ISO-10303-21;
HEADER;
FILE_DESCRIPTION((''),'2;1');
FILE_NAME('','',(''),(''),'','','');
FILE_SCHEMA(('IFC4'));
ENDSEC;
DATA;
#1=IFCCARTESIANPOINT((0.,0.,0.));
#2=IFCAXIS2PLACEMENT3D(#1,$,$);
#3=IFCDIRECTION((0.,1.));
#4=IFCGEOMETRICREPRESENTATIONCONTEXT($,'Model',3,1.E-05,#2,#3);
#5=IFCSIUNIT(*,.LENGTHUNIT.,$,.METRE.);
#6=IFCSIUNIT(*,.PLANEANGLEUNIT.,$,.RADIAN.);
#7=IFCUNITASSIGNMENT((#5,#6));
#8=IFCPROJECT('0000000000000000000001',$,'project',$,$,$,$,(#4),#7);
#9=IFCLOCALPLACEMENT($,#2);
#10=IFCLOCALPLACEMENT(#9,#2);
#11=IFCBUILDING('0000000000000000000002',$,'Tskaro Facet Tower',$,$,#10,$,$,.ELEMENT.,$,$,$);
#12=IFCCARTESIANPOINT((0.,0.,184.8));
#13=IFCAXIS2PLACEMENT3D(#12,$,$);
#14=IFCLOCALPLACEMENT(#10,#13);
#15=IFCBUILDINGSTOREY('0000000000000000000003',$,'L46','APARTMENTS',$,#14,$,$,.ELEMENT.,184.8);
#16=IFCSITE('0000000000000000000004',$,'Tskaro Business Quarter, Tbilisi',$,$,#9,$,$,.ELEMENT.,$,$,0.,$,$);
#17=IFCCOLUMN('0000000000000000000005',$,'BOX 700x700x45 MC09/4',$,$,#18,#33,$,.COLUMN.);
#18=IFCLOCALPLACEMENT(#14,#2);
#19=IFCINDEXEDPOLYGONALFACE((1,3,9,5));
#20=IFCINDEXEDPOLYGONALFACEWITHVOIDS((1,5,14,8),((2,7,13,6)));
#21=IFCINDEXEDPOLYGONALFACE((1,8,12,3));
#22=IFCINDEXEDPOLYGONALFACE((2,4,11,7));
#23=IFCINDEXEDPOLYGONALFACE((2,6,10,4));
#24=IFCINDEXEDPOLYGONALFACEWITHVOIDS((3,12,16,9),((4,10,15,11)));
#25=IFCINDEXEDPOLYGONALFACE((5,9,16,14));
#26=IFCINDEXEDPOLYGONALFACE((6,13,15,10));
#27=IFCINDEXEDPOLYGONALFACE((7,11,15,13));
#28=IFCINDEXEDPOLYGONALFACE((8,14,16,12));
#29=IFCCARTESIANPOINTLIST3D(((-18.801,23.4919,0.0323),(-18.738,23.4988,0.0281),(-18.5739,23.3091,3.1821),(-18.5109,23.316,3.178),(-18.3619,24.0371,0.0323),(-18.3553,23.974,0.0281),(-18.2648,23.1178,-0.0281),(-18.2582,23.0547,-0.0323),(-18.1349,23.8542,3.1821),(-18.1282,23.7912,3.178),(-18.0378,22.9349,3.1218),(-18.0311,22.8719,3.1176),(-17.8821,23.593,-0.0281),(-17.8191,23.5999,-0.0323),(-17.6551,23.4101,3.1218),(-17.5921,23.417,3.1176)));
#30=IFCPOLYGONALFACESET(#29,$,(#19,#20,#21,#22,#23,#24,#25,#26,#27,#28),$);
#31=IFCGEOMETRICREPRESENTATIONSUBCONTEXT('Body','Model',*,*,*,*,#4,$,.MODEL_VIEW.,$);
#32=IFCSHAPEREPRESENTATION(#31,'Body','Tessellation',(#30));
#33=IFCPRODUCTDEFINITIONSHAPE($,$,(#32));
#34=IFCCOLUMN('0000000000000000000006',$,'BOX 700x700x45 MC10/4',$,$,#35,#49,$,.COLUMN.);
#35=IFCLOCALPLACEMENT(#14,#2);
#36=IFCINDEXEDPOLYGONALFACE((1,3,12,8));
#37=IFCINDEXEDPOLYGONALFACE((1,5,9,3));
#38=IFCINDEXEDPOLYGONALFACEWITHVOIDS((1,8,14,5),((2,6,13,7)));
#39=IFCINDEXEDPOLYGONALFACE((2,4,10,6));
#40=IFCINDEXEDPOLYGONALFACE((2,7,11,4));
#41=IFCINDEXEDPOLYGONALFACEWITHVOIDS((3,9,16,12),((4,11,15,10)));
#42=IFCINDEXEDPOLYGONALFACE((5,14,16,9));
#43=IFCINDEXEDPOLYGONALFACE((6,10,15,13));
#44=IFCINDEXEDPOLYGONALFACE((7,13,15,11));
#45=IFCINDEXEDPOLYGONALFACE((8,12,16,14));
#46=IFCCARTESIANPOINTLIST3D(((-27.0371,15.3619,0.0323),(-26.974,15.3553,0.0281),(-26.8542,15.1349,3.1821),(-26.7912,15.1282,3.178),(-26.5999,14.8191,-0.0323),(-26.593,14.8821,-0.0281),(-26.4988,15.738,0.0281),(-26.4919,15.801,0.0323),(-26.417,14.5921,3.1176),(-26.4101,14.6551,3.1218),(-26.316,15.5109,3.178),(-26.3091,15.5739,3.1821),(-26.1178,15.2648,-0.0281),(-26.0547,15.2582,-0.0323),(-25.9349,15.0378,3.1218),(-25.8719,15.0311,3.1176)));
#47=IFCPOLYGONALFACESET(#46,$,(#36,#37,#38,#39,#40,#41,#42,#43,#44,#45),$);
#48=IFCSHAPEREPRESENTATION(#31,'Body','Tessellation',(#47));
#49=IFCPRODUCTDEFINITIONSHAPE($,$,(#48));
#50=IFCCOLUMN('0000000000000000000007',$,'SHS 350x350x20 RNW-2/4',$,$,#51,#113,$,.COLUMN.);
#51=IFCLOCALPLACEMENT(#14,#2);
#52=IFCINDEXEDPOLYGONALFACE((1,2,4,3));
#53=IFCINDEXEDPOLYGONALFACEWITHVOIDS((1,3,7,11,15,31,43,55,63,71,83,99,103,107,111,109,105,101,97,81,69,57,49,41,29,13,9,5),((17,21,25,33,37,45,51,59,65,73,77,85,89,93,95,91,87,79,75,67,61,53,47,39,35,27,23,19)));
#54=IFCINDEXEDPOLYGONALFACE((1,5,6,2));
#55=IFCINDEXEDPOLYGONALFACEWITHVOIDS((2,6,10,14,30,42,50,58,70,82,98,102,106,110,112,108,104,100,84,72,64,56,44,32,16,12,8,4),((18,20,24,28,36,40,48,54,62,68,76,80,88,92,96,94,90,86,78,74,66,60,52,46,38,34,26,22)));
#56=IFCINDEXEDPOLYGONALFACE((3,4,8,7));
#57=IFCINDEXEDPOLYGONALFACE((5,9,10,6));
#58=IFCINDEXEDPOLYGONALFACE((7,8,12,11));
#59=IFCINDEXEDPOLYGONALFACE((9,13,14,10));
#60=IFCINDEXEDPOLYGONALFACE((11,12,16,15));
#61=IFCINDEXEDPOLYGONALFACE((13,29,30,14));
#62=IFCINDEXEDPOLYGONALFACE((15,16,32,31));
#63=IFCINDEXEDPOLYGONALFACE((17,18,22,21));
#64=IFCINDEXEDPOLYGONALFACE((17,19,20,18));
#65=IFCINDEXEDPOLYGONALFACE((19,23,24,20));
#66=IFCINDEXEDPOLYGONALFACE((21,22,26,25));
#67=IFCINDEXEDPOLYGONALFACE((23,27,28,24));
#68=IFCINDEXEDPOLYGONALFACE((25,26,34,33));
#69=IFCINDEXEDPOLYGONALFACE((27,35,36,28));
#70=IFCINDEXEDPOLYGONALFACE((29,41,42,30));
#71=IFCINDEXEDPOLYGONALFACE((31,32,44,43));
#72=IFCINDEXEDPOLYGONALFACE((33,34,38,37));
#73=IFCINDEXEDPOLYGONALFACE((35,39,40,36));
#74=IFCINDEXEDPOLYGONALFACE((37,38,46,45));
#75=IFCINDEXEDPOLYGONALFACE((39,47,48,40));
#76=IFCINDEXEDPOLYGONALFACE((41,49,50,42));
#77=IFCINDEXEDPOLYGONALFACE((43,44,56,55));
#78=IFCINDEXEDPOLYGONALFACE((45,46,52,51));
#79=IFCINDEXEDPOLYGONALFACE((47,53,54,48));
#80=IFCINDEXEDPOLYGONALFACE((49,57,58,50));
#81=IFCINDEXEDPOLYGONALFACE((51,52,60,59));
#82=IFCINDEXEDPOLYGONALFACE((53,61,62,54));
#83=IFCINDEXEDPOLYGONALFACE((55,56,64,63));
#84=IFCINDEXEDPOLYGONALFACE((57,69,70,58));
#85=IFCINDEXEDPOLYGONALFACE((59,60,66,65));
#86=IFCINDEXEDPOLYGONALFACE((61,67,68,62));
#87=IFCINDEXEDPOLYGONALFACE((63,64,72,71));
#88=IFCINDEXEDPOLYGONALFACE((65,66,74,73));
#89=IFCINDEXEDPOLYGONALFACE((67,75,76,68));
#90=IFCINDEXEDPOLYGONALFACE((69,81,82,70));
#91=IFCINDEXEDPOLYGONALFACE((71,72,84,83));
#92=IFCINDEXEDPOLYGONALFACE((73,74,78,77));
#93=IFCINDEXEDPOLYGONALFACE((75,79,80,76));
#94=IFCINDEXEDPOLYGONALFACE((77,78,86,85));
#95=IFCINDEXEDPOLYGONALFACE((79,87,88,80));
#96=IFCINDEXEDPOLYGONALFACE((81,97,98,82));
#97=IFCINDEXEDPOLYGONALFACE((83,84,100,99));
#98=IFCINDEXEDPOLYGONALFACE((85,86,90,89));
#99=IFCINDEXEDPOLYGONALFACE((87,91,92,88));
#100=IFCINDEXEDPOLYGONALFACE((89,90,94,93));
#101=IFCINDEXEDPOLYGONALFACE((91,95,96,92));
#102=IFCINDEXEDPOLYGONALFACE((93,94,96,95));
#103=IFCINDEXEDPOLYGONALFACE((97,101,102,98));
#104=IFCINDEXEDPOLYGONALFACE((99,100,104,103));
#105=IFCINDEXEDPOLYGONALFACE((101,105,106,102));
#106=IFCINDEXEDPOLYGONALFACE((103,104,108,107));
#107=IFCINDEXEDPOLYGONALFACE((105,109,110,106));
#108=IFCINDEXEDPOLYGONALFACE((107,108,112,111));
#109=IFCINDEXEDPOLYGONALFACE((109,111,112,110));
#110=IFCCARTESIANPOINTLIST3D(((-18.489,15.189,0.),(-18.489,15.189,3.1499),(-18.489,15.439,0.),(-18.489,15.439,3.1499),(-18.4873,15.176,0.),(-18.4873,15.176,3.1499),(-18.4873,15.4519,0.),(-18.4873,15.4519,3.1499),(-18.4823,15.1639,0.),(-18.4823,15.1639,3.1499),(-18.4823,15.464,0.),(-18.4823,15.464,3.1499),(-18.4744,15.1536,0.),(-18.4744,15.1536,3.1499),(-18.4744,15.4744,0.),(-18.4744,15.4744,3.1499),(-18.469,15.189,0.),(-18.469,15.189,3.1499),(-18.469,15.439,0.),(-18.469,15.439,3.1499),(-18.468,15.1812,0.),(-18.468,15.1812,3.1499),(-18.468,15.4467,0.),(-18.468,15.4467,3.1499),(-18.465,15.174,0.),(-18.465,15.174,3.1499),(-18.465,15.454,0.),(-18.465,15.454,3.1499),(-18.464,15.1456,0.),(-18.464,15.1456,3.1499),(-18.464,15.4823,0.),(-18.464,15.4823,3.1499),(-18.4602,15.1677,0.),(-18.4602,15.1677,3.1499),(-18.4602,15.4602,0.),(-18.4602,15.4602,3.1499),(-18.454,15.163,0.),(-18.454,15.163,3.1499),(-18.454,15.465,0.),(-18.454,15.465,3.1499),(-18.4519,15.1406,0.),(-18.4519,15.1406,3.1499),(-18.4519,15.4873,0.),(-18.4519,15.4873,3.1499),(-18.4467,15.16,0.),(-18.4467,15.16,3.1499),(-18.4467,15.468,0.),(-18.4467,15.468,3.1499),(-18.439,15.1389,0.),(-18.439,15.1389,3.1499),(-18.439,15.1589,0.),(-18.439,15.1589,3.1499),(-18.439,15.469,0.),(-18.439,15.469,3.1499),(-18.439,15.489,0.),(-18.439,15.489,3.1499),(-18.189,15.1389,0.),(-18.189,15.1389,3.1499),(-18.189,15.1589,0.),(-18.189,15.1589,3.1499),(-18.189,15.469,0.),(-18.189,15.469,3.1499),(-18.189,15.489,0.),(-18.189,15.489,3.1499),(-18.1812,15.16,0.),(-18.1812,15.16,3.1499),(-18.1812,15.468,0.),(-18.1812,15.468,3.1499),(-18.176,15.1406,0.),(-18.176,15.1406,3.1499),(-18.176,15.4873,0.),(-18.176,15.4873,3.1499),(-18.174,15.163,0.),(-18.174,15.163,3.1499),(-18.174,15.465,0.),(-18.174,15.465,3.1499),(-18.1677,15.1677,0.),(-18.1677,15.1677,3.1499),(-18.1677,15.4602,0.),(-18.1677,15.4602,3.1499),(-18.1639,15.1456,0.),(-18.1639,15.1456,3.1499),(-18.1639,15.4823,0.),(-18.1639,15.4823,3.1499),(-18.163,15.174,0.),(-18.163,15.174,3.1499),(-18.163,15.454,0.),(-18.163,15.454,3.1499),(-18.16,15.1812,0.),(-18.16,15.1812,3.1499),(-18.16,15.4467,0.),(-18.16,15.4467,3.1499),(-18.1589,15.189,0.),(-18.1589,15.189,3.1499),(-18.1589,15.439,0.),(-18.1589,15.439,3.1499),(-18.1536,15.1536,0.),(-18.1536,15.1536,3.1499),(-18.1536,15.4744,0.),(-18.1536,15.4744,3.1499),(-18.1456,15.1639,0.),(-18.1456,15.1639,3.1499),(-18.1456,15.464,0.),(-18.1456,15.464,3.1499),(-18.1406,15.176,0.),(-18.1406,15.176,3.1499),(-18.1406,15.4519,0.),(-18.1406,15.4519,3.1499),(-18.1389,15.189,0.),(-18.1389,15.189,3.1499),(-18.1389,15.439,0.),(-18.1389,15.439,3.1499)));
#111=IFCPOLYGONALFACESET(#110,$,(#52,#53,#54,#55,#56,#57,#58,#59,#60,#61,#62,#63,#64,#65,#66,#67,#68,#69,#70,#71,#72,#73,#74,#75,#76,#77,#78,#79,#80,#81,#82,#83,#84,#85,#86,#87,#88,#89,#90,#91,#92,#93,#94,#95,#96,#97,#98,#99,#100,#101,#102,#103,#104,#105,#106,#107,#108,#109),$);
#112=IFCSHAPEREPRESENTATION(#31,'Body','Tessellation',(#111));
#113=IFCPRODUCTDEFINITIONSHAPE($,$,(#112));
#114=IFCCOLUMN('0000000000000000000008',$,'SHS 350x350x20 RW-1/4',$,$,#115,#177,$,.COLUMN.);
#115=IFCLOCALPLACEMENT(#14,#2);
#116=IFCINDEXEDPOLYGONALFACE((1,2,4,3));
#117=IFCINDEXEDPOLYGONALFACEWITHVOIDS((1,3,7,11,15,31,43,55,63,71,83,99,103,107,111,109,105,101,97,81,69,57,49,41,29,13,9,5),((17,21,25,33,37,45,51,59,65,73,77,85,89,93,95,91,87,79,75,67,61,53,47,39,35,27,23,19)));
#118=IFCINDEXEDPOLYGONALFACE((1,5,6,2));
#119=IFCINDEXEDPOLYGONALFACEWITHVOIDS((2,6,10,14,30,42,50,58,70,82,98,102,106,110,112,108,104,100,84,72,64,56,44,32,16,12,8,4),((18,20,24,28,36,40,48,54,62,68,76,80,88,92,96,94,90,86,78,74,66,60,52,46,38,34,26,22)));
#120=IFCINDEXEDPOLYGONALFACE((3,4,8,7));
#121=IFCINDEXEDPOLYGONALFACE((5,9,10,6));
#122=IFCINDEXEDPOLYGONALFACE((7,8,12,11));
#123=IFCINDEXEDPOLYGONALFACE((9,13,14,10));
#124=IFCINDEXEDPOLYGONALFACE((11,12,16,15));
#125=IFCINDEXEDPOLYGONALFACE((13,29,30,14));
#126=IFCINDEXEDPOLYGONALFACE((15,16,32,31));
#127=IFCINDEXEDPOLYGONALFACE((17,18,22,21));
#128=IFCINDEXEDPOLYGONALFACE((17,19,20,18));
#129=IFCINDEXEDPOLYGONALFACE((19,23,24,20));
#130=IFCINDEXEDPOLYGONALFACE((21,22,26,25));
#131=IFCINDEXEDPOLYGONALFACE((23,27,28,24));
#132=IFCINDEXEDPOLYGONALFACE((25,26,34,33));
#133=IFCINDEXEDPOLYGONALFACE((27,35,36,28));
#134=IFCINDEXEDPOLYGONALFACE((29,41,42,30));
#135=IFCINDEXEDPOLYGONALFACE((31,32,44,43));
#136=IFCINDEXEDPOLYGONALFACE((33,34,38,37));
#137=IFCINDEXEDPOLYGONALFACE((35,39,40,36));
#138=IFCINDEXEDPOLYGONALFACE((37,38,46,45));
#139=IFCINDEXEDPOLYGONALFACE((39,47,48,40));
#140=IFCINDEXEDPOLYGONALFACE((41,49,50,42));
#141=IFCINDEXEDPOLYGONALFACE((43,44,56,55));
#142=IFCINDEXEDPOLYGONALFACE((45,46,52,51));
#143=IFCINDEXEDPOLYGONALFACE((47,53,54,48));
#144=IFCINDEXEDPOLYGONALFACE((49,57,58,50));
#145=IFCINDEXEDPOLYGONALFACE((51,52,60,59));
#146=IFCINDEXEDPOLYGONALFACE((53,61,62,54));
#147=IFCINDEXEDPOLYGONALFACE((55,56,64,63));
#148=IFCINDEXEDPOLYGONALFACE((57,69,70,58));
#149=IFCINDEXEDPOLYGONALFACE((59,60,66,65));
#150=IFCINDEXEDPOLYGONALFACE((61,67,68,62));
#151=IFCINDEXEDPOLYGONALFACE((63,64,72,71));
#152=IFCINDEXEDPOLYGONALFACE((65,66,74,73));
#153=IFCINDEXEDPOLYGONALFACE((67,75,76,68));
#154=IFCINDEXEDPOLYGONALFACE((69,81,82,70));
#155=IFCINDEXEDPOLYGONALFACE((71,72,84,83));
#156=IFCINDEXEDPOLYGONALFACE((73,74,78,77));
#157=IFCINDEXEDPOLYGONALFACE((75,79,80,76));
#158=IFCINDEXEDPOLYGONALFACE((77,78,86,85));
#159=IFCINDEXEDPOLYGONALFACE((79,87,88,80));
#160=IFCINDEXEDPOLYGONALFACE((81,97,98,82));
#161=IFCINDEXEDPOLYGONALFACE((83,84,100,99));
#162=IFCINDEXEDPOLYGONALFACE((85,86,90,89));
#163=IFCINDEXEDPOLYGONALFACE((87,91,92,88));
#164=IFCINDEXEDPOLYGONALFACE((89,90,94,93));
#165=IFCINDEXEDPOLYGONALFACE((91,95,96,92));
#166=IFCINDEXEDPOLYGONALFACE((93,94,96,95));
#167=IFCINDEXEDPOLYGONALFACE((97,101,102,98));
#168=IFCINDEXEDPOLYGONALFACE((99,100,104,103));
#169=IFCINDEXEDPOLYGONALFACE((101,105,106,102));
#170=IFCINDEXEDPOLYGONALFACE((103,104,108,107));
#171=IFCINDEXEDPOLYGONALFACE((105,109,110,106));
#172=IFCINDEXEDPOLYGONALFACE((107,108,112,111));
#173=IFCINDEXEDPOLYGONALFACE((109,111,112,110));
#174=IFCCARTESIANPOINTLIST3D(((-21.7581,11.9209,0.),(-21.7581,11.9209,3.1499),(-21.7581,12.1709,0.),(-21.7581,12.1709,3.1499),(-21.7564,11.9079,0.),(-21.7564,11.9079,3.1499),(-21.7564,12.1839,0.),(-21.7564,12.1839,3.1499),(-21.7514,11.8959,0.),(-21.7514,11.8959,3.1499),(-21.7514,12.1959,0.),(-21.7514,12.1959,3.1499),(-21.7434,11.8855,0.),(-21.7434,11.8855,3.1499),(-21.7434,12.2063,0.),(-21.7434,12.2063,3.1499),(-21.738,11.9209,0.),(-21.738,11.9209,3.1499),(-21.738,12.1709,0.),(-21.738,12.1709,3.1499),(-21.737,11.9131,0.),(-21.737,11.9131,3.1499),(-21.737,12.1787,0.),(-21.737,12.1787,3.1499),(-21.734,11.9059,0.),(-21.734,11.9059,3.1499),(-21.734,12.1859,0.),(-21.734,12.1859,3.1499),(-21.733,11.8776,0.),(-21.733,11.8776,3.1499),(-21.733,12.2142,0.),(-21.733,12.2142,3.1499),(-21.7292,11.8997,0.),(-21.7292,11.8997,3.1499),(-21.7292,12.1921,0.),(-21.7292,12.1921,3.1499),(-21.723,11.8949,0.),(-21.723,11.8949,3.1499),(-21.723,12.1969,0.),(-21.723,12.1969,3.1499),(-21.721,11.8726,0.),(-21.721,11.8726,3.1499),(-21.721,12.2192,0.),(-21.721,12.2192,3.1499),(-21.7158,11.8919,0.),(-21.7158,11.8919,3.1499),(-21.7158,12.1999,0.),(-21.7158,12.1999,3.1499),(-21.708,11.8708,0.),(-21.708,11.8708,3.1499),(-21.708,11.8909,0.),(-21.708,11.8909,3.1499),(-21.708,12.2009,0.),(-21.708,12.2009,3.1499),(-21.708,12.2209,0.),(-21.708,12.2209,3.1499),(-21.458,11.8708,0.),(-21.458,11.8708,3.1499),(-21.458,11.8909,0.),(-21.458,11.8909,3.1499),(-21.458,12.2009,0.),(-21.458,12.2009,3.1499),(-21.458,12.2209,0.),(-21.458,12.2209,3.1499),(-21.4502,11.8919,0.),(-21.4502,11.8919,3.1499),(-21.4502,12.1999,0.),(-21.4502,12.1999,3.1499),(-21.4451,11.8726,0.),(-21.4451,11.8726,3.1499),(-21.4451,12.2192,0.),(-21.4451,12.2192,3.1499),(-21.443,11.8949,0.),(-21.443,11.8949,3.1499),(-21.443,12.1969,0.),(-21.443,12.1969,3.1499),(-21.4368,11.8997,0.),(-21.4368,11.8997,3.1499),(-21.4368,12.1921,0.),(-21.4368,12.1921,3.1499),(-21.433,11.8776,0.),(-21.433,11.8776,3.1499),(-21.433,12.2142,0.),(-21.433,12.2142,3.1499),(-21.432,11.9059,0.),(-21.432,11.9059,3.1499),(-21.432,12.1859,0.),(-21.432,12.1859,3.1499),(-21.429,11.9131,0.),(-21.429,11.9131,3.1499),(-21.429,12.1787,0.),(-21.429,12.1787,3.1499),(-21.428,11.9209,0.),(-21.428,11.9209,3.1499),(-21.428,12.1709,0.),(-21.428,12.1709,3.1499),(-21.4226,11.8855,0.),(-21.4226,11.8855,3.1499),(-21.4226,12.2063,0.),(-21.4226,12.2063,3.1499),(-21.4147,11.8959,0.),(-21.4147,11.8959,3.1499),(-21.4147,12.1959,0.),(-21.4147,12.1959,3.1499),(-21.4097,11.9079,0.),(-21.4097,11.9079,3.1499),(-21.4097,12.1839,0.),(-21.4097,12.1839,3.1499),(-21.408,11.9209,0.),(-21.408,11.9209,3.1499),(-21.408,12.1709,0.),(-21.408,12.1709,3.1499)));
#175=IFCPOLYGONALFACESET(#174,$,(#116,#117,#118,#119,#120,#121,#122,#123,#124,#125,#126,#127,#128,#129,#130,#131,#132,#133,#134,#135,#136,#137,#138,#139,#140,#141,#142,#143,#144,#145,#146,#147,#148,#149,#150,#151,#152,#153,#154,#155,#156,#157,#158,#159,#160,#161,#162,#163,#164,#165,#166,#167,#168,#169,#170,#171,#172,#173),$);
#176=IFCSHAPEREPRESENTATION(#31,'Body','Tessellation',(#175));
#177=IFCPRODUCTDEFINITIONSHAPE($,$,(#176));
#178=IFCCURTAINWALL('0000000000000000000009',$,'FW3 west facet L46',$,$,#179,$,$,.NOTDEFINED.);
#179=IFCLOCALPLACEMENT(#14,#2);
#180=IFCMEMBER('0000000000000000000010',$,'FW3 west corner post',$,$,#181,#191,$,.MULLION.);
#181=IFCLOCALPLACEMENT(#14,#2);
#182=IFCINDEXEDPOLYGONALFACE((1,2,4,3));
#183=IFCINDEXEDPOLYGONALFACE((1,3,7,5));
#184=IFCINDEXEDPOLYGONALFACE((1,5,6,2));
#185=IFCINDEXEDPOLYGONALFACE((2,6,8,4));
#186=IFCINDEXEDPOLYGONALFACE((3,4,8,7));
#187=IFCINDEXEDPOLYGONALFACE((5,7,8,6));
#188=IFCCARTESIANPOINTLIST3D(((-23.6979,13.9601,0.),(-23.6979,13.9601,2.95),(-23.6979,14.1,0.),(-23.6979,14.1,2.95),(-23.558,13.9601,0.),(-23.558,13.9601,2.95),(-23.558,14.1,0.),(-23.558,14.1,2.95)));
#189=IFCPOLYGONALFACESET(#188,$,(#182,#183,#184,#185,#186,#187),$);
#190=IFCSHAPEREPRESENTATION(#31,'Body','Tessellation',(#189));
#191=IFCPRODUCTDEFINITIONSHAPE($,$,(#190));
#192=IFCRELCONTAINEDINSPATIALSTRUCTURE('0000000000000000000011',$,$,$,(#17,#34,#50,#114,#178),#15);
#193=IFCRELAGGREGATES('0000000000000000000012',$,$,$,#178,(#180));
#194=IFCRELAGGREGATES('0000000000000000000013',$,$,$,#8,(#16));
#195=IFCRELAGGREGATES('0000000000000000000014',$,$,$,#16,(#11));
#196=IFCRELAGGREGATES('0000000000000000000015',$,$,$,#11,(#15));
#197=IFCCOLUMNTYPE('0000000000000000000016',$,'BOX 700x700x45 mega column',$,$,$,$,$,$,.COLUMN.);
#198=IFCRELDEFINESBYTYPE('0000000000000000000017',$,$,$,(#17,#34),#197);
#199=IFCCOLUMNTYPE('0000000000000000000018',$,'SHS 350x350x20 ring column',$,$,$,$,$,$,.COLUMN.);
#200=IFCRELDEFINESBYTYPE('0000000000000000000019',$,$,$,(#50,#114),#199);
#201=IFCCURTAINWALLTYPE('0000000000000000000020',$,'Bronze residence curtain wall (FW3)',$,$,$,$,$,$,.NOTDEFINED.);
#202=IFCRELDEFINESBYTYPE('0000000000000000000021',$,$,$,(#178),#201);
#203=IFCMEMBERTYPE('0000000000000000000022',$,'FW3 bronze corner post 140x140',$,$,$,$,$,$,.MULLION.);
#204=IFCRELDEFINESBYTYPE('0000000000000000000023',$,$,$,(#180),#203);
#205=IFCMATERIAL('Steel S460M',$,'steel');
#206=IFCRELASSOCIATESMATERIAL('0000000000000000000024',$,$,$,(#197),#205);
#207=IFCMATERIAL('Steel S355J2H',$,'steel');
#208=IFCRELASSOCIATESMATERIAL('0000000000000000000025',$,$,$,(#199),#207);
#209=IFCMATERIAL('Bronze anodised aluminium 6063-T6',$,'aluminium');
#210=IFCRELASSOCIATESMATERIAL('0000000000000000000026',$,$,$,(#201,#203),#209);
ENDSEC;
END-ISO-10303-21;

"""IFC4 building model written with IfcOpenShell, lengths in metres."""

from ifc_helpers import new_model, si_unit, direction, frame, origin, origin_2d, place, context, subcontext, project, spatial, rectangle, hollow_rectangle, extrude, material, material_profile, profile_set, type_object, element, aggregate, save


model = new_model("IFC4")

# Units and contexts
model_context = context("Model", 3, precision=1e-05, world=origin(), true_north=direction((0.0, 1.0)))
body_context = subcontext(model_context, "Body", "Model", "MODEL_VIEW")
ifc_project = project(units=[si_unit("LENGTHUNIT", "METRE"), si_unit("PLANEANGLEUNIT", "RADIAN")], contexts=[model_context])

# Site, building, storey
site_placement = place(None, origin())
site = spatial("IfcSite", under=ifc_project, at=site_placement, Name="Tskaro Business Quarter, Tbilisi", CompositionType="ELEMENT", RefElevation=0.0)
building_placement = place(site_placement, origin())
building = spatial("IfcBuilding", under=site, at=building_placement, Name="Tskaro Facet Tower", CompositionType="ELEMENT")
storey_placement = place(building_placement, frame((0.0, 0.0, 184.8)))
storey = spatial("IfcBuildingStorey", under=building, at=storey_placement, Name="L46", Description="APARTMENTS", CompositionType="ELEMENT", Elevation=184.8)

# Columns
ifc_material_1 = material(Name="Steel S460M", Category="steel")
ifc_material_profile_1 = material_profile(ifc_material_1, hollow_rectangle(XDim=0.7, YDim=0.7, WallThickness=0.0449, at=origin_2d()), Name="BOX 700x700x45")
ifc_profile_set_1 = profile_set([ifc_material_profile_1], Name="Steel S460M")
column_type_1 = type_object("IfcColumnType", Name="BOX 700x700x45 mega column", PredefinedType="COLUMN", material=ifc_profile_set_1)
for number, where, z_axis, x_axis, name in (
    (1, (-18.3101, 23.5459, 0.0), (0.071775, -0.057806, 0.995744), (0.627245, 0.778822, 0.0), "BOX 700x700x45 MC09/4"),
    (2, (-26.5459, 15.3101, 0.0), (0.057806, -0.071775, 0.995744), (0.778822, 0.627245, 0.0), "BOX 700x700x45 MC10/4"),
):
    element("IfcColumn", number, at=place(storey_placement, frame(where, z_axis=z_axis, x_axis=x_axis)), inside=storey, type_object=column_type_1, Name=name, PredefinedType="COLUMN", context=body_context, shape_type="SweptSolid", body=[
        extrude(hollow_rectangle(XDim=0.7, YDim=0.7, WallThickness=0.0449, at=origin_2d()), origin(), (0.0, 0.0, 1.0), 3.1633),
    ])
ifc_material_2 = material(Name="Steel S355J2H", Category="steel")
ifc_material_profile_2 = material_profile(ifc_material_2, hollow_rectangle(XDim=0.3501, YDim=0.3501, WallThickness=0.02, InnerFilletRadius=0.03, OuterFilletRadius=0.05, at=origin_2d()), Name="SHS 350x350x20")
ifc_profile_set_2 = profile_set([ifc_material_profile_2], Name="Steel S355J2H")
column_type_2 = type_object("IfcColumnType", Name="SHS 350x350x20 ring column", PredefinedType="COLUMN", material=ifc_profile_set_2)
for number, where, z_axis, x_axis, name in (
    (3, (-18.314, 15.314, 0.0), (0.0, 0.0, 1.0), (1.0, 0.0, 0.0), "SHS 350x350x20 RNW-2/4"),
    (4, (-21.583, 12.0459, 0.0), (0.0, 0.0, 1.0), (1.0, 0.0, 0.0), "SHS 350x350x20 RW-1/4"),
):
    element("IfcColumn", number, at=place(storey_placement, frame(where, z_axis=z_axis, x_axis=x_axis)), inside=storey, type_object=column_type_2, Name=name, PredefinedType="COLUMN", context=body_context, shape_type="SweptSolid", body=[
        extrude(hollow_rectangle(XDim=0.3501, YDim=0.3501, WallThickness=0.02, InnerFilletRadius=0.03, OuterFilletRadius=0.05, at=origin_2d()), origin(), (0.0, 0.0, 1.0), 3.1499),
    ])

# Curtain wall, member
ifc_material_3 = material(Name="Bronze anodised aluminium 6063-T6", Category="aluminium")
curtain_wall_type = type_object("IfcCurtainWallType", Name="Bronze residence curtain wall (FW3)", PredefinedType="NOTDEFINED", material=ifc_material_3)
curtain_wall_1_placement = place(storey_placement, origin())
curtain_wall_1 = element("IfcCurtainWall", 5, at=curtain_wall_1_placement, inside=storey, type_object=curtain_wall_type, Name="FW3 west facet L46", PredefinedType="NOTDEFINED")
ifc_material_profile_3 = material_profile(ifc_material_3, rectangle(XDim=0.1399, YDim=0.1399, at=origin_2d()), Name="Corner post 140x140")
ifc_profile_set_3 = profile_set([ifc_material_profile_3], Name="Bronze anodised aluminium 6063-T6")
member_type_1 = type_object("IfcMemberType", Name="FW3 bronze corner post 140x140", PredefinedType="MULLION", material=ifc_profile_set_3)
member_1_placement = place(storey_placement, frame((-23.6279, 14.03, 0.0), z_axis=(0.0, 0.0, 1.0), x_axis=(0.0, -1.0, 0.0)))
member_1 = element("IfcMember", 6, at=member_1_placement, type_object=member_type_1, Name="FW3 west corner post", PredefinedType="MULLION", context=body_context, shape_type="SweptSolid", body=[
    extrude(rectangle(XDim=0.1399, YDim=0.1399, at=origin_2d()), origin(), (0.0, 0.0, 1.0), 2.95),
])

aggregate(curtain_wall_1, [member_1])

save(model, "model.ifc")
